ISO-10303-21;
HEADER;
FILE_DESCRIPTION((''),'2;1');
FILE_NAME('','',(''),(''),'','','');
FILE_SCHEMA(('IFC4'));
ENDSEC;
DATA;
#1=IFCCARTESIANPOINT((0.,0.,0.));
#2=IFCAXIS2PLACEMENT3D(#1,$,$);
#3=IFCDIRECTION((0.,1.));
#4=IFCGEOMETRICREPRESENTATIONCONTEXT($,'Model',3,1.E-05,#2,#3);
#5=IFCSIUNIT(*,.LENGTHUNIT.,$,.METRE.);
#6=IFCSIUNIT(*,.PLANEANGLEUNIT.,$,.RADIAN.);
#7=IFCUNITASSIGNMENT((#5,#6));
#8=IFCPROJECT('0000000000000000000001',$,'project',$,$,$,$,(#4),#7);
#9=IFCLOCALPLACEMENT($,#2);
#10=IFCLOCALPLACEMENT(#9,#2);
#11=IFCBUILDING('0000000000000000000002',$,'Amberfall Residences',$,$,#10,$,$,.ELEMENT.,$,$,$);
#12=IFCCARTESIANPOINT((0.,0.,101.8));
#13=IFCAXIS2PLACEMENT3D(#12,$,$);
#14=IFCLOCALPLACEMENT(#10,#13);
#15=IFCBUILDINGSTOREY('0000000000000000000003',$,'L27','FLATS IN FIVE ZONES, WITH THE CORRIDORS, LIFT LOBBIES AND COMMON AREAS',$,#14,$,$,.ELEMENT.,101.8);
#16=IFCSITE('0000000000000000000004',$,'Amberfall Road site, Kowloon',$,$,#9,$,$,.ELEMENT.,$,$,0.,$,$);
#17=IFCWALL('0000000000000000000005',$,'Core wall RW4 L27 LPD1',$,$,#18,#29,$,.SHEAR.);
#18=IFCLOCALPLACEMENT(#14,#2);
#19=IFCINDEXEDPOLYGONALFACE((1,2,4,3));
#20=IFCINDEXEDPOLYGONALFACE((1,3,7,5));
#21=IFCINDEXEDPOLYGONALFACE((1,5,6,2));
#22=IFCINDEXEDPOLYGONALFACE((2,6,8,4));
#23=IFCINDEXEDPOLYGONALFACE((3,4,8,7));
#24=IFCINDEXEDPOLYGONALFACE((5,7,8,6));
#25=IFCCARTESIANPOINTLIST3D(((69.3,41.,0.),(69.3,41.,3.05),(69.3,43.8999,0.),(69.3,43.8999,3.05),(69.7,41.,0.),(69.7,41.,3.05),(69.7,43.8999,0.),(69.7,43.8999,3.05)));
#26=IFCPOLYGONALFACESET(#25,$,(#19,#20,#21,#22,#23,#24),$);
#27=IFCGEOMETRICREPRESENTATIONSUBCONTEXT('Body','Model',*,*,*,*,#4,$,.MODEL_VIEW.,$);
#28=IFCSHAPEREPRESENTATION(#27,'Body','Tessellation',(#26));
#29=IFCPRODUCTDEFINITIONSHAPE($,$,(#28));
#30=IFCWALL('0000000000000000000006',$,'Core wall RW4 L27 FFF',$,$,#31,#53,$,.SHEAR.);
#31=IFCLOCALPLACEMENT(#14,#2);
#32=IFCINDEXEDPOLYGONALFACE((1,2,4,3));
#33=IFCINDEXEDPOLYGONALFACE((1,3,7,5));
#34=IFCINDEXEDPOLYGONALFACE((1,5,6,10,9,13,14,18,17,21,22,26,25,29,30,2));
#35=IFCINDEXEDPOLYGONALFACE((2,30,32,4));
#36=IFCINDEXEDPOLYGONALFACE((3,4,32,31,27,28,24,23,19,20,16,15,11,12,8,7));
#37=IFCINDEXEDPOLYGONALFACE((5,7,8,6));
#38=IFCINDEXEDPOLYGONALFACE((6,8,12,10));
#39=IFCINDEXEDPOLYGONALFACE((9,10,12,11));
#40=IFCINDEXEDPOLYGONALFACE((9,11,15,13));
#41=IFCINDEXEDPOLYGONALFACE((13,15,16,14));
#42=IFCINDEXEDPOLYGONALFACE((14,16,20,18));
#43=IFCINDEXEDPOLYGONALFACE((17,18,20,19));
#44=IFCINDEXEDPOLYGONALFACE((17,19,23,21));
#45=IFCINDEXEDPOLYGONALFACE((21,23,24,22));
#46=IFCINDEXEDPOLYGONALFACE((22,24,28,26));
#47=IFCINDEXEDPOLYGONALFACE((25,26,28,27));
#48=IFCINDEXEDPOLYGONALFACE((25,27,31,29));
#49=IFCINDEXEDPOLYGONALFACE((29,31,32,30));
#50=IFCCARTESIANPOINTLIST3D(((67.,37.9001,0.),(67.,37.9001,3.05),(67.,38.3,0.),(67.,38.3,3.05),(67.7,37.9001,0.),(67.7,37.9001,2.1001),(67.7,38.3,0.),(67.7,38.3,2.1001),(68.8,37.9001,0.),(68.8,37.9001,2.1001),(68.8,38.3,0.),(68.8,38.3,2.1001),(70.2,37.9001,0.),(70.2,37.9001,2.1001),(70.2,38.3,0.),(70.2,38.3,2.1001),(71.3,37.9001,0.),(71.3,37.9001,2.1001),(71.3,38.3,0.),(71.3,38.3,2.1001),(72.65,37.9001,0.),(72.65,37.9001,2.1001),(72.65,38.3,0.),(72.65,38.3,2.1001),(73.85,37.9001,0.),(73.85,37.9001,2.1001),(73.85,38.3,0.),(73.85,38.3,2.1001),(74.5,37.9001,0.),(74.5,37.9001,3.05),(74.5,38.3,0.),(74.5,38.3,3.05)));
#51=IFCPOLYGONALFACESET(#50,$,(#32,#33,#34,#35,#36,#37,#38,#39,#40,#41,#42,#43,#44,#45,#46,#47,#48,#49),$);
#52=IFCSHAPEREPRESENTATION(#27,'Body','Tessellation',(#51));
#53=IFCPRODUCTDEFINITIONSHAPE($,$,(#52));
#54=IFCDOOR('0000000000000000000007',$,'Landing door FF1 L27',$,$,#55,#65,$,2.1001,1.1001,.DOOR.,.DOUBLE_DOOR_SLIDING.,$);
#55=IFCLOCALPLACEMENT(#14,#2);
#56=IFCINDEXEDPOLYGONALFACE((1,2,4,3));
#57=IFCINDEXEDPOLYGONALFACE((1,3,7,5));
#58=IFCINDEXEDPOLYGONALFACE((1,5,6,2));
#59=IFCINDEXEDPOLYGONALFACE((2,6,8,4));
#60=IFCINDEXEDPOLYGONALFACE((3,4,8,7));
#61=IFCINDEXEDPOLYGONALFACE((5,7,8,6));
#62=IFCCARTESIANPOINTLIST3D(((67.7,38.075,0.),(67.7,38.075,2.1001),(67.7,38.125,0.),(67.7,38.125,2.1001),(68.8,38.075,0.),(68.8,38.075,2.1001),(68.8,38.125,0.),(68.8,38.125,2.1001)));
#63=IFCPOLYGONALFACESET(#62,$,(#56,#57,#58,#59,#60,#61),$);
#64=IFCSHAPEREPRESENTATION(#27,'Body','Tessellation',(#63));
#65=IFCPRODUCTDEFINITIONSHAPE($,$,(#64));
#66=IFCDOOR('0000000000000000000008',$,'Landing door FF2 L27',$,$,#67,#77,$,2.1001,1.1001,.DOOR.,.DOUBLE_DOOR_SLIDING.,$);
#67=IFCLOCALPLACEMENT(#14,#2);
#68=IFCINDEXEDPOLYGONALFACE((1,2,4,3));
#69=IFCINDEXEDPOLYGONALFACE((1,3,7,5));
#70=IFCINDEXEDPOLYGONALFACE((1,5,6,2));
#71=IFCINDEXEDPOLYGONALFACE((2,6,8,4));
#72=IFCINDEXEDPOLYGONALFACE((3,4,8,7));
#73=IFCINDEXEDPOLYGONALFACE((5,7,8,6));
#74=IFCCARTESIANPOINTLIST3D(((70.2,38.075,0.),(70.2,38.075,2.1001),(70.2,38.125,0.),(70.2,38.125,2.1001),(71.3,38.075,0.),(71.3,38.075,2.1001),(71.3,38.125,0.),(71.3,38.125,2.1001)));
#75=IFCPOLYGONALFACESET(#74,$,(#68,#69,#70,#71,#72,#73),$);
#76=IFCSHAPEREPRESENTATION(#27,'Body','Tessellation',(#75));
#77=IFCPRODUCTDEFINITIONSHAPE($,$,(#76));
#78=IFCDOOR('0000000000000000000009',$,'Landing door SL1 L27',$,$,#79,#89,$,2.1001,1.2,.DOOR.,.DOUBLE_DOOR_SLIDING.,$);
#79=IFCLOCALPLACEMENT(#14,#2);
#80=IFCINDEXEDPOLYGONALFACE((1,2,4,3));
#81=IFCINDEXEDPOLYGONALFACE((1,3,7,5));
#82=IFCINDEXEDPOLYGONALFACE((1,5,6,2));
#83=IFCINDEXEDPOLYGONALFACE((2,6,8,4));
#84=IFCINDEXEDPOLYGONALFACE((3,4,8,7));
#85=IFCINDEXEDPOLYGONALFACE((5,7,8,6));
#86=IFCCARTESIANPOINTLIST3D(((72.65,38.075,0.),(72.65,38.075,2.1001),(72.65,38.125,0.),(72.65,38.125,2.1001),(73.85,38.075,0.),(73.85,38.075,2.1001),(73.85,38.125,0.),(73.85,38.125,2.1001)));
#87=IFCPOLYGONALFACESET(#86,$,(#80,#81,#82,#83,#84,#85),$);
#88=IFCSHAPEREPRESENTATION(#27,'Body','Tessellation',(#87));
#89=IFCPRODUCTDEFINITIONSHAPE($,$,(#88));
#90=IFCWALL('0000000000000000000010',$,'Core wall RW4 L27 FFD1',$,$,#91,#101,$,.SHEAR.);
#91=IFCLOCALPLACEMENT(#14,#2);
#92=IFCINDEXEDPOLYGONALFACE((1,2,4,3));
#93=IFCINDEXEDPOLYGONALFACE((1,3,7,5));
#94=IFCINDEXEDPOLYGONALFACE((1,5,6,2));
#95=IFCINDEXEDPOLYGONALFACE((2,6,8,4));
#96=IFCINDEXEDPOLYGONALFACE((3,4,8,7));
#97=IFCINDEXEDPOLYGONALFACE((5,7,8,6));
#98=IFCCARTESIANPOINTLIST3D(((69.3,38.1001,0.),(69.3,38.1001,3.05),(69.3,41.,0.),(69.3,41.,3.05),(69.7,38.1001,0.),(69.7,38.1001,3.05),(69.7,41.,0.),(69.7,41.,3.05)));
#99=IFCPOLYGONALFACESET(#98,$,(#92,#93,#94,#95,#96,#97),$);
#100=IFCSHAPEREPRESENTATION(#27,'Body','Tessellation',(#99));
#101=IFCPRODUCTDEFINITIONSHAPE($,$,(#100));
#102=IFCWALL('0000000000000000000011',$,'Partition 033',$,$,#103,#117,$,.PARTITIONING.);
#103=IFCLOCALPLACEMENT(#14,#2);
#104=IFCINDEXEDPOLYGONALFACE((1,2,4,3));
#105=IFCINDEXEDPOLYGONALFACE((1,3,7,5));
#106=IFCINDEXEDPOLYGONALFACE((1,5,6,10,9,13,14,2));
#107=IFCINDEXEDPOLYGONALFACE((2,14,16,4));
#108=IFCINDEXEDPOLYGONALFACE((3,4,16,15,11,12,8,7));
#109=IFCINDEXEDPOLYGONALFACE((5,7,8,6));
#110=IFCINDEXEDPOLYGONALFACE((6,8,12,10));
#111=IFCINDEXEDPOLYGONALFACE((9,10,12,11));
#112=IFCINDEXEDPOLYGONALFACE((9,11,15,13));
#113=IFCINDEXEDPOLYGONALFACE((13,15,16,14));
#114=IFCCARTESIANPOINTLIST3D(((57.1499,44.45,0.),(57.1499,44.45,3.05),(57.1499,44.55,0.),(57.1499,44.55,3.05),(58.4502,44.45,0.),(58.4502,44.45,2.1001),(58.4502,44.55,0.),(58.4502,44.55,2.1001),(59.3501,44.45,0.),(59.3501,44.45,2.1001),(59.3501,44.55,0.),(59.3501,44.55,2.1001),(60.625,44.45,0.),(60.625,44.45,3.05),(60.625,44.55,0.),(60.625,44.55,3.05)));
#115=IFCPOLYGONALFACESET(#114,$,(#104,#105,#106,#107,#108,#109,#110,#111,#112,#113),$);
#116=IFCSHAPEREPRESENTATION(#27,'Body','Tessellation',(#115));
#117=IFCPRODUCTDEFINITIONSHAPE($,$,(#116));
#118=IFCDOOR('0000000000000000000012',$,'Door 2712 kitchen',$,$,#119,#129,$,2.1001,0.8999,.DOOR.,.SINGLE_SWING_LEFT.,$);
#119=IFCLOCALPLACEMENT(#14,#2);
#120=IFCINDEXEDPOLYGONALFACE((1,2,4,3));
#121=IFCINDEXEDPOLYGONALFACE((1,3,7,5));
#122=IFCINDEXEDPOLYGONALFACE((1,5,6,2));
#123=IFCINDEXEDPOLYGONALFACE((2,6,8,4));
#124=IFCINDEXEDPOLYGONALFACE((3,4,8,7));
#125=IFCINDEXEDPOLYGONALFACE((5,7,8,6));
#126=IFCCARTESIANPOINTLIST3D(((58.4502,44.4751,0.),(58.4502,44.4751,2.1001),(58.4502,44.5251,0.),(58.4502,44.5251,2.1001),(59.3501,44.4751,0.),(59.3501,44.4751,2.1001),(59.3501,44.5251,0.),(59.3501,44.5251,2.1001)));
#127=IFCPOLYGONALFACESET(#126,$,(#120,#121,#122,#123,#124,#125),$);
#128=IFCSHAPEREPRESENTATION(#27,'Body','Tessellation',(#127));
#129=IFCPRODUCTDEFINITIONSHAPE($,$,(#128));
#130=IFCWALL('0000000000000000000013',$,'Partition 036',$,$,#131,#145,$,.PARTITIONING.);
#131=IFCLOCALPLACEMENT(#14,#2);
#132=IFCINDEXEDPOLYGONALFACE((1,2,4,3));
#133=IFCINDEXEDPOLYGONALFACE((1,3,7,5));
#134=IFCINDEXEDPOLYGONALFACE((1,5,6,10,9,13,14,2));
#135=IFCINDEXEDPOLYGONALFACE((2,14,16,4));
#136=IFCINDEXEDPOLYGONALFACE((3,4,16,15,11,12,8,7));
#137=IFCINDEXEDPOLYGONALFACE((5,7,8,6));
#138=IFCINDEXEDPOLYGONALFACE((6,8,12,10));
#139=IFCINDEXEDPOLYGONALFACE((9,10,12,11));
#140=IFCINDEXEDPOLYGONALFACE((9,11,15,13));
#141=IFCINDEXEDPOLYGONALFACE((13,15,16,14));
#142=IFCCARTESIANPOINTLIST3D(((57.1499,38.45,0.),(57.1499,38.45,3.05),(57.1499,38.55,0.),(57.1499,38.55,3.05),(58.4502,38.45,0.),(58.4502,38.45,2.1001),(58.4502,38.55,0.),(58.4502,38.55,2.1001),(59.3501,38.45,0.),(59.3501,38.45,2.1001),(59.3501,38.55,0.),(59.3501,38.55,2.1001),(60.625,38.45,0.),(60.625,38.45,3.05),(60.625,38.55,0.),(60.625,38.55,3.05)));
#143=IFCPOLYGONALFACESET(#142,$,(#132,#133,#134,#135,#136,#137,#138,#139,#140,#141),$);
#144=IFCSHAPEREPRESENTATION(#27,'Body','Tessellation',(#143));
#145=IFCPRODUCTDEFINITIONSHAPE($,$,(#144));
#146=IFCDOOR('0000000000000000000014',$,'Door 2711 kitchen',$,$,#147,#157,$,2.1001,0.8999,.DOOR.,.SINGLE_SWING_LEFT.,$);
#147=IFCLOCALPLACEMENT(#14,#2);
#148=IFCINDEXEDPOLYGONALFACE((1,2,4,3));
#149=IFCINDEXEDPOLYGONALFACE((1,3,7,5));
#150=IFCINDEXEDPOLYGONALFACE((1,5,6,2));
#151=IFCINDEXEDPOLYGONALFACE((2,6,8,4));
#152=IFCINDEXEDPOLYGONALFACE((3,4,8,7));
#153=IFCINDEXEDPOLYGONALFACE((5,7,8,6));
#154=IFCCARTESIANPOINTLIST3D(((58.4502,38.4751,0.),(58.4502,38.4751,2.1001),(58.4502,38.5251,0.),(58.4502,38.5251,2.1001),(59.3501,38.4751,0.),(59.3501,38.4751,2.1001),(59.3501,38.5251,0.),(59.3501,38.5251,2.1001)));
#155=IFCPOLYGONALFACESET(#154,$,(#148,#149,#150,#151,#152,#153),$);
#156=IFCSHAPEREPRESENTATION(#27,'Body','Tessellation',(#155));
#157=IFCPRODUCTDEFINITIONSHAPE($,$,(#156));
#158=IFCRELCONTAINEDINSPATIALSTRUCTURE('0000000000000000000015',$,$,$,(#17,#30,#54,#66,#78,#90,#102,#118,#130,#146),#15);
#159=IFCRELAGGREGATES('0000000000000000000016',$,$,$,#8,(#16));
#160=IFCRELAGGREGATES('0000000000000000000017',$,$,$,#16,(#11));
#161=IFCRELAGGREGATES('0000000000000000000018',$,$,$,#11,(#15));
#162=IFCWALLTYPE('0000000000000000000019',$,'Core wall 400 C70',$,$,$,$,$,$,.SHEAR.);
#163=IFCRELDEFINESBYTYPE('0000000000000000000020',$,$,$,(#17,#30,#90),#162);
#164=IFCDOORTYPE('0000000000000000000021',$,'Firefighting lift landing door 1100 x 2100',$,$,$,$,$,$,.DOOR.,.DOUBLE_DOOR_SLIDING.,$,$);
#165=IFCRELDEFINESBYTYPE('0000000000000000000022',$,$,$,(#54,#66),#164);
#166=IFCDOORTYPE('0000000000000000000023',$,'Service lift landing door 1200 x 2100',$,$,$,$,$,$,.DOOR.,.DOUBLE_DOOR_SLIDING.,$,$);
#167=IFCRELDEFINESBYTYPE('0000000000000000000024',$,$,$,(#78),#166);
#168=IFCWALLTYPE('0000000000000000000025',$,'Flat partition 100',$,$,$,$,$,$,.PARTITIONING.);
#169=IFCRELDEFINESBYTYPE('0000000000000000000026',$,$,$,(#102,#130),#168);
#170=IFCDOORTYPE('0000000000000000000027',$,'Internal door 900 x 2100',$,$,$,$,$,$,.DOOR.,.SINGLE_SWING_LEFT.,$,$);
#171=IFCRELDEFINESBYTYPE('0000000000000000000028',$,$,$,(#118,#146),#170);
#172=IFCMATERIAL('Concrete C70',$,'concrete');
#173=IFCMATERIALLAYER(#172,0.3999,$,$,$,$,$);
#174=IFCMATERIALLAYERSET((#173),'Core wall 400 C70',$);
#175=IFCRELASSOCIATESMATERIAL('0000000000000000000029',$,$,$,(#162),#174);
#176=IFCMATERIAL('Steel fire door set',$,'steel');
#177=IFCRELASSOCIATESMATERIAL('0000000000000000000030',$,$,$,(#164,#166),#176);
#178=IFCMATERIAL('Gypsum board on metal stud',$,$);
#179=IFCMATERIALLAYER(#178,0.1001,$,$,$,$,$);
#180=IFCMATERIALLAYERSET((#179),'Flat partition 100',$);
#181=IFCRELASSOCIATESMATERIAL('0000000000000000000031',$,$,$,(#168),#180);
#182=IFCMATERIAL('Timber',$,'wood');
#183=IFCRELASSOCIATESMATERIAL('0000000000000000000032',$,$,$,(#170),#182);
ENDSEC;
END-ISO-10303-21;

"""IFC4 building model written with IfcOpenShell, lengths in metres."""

from ifc_helpers import new_model, si_unit, direction, frame, frame_2d, origin, place, context, subcontext, project, spatial, rectangle, extrude, material, layer, layer_set, type_object, element, fill, save


model = new_model("IFC4")

# Units and contexts
model_context = context("Model", 3, precision=1e-05, world=origin(), true_north=direction((0.0, 1.0)))
body_context = subcontext(model_context, "Body", "Model", "MODEL_VIEW")
ifc_project = project(units=[si_unit("LENGTHUNIT", "METRE"), si_unit("PLANEANGLEUNIT", "RADIAN")], contexts=[model_context])

# Site, building, storey
site_placement = place(None, origin())
site = spatial("IfcSite", under=ifc_project, at=site_placement, Name="Amberfall Road site, Kowloon", CompositionType="ELEMENT", RefElevation=0.0)
building_placement = place(site_placement, origin())
building = spatial("IfcBuilding", under=site, at=building_placement, Name="Amberfall Residences", CompositionType="ELEMENT")
storey_placement = place(building_placement, frame((0.0, 0.0, 101.8)))
storey = spatial("IfcBuildingStorey", under=building, at=storey_placement, Name="L27", Description="FLATS IN FIVE ZONES, WITH THE CORRIDORS, LIFT LOBBIES AND COMMON AREAS", CompositionType="ELEMENT", Elevation=101.8)

# Shared definitions
ifc_material_1 = material(Name="Concrete C70", Category="concrete")
ifc_layer_1 = layer(ifc_material_1, 0.3999)
ifc_layer_set_1 = layer_set([ifc_layer_1], Name="Core wall 400 C70")
wall_type_1 = type_object("IfcWallType", Name="Core wall 400 C70", PredefinedType="SHEAR", material=ifc_layer_set_1)

# Shared definitions
ifc_material_2 = material(Name="Steel fire door set", Category="steel")

# Wall
wall_1_placement = place(storey_placement, frame((69.5, 41.0, 0.0), z_axis=(0.0, 0.0, 1.0), x_axis=(0.0, 1.0, 0.0)))
element("IfcWall", 1, at=wall_1_placement, inside=storey, type_object=wall_type_1, Name="Core wall RW4 L27 LPD1", PredefinedType="SHEAR", context=body_context, shape_type="SweptSolid", body=[
    extrude(rectangle(XDim=2.8999, YDim=0.3999, at=frame_2d((1.45, 0.0))), origin(), (0.0, 0.0, 1.0), 3.05),
])

# Wall, openings, doors
wall_2_placement = place(storey_placement, frame((67.0, 38.1001, 0.0), z_axis=(0.0, 0.0, 1.0), x_axis=(1.0, 0.0, 0.0)))
wall_2 = element("IfcWall", 2, at=wall_2_placement, inside=storey, type_object=wall_type_1, Name="Core wall RW4 L27 FFF", PredefinedType="SHEAR", context=body_context, shape_type="SweptSolid", body=[
    extrude(rectangle(XDim=7.5, YDim=0.3999, at=frame_2d((3.75, 0.0))), origin(), (0.0, 0.0, 1.0), 3.05),
])
opening_1_placement = place(wall_2_placement, frame((0.7, 0.0, 0.0)))
opening_1 = element("IfcOpeningElement", 3, at=opening_1_placement, cuts=wall_2, PredefinedType="OPENING", context=body_context, shape_type="SweptSolid", body=[
    extrude(rectangle(XDim=1.1001, YDim=2.1001, at=frame_2d((0.55, 1.05))), frame((0.0, 0.21, 0.0), z_axis=(0.0, -1.0, 0.0), x_axis=(1.0, 0.0, 0.0)), (0.0, 0.0, 1.0), 0.4199),
])
opening_2_placement = place(wall_2_placement, frame((3.2, 0.0, 0.0)))
opening_2 = element("IfcOpeningElement", 4, at=opening_2_placement, cuts=wall_2, PredefinedType="OPENING", context=body_context, shape_type="SweptSolid", body=[
    extrude(rectangle(XDim=1.1001, YDim=2.1001, at=frame_2d((0.55, 1.05))), frame((0.0, 0.21, 0.0), z_axis=(0.0, -1.0, 0.0), x_axis=(1.0, 0.0, 0.0)), (0.0, 0.0, 1.0), 0.4199),
])
opening_3_placement = place(wall_2_placement, frame((5.6499, 0.0, 0.0)))
opening_3 = element("IfcOpeningElement", 5, at=opening_3_placement, cuts=wall_2, PredefinedType="OPENING", context=body_context, shape_type="SweptSolid", body=[
    extrude(rectangle(XDim=1.2, YDim=2.1001, at=frame_2d((0.6001, 1.05))), frame((0.0, 0.21, 0.0), z_axis=(0.0, -1.0, 0.0), x_axis=(1.0, 0.0, 0.0)), (0.0, 0.0, 1.0), 0.4199),
])
door_type_1 = type_object("IfcDoorType", Name="Firefighting lift landing door 1100 x 2100", OperationType="DOUBLE_DOOR_SLIDING", PredefinedType="DOOR", material=ifc_material_2)
door_1_placement = place(opening_1_placement, origin())
door_1 = element("IfcDoor", 6, at=door_1_placement, inside=storey, type_object=door_type_1, Name="Landing door FF1 L27", OperationType="DOUBLE_DOOR_SLIDING", OverallHeight=2.1001, OverallWidth=1.1001, PredefinedType="DOOR", context=body_context, shape_type="SweptSolid", body=[
    extrude(rectangle(XDim=1.1001, YDim=2.1001, at=frame_2d((0.55, 1.05))), frame((0.0, 0.0249, 0.0), z_axis=(0.0, -1.0, 0.0), x_axis=(1.0, 0.0, 0.0)), (0.0, 0.0, 1.0), 0.05),
])
fill(opening_1, door_1)
door_2_placement = place(opening_2_placement, origin())
door_2 = element("IfcDoor", 7, at=door_2_placement, inside=storey, type_object=door_type_1, Name="Landing door FF2 L27", OperationType="DOUBLE_DOOR_SLIDING", OverallHeight=2.1001, OverallWidth=1.1001, PredefinedType="DOOR", context=body_context, shape_type="SweptSolid", body=[
    extrude(rectangle(XDim=1.1001, YDim=2.1001, at=frame_2d((0.55, 1.05))), frame((0.0, 0.0249, 0.0), z_axis=(0.0, -1.0, 0.0), x_axis=(1.0, 0.0, 0.0)), (0.0, 0.0, 1.0), 0.05),
])
fill(opening_2, door_2)
door_type_2 = type_object("IfcDoorType", Name="Service lift landing door 1200 x 2100", OperationType="DOUBLE_DOOR_SLIDING", PredefinedType="DOOR", material=ifc_material_2)
door_3_placement = place(opening_3_placement, origin())
door_3 = element("IfcDoor", 8, at=door_3_placement, inside=storey, type_object=door_type_2, Name="Landing door SL1 L27", OperationType="DOUBLE_DOOR_SLIDING", OverallHeight=2.1001, OverallWidth=1.2, PredefinedType="DOOR", context=body_context, shape_type="SweptSolid", body=[
    extrude(rectangle(XDim=1.2, YDim=2.1001, at=frame_2d((0.6001, 1.05))), frame((0.0, 0.0249, 0.0), z_axis=(0.0, -1.0, 0.0), x_axis=(1.0, 0.0, 0.0)), (0.0, 0.0, 1.0), 0.05),
])
fill(opening_3, door_3)

# Wall
wall_3_placement = place(storey_placement, frame((69.5, 38.1001, 0.0), z_axis=(0.0, 0.0, 1.0), x_axis=(0.0, 1.0, 0.0)))
element("IfcWall", 9, at=wall_3_placement, inside=storey, type_object=wall_type_1, Name="Core wall RW4 L27 FFD1", PredefinedType="SHEAR", context=body_context, shape_type="SweptSolid", body=[
    extrude(rectangle(XDim=2.8999, YDim=0.3999, at=frame_2d((1.45, 0.0))), origin(), (0.0, 0.0, 1.0), 3.05),
])

# Walls, openings, doors
ifc_material_3 = material(Name="Gypsum board on metal stud")
ifc_layer_2 = layer(ifc_material_3, 0.1001)
ifc_layer_set_2 = layer_set([ifc_layer_2], Name="Flat partition 100")
wall_type_2 = type_object("IfcWallType", Name="Flat partition 100", PredefinedType="PARTITIONING", material=ifc_layer_set_2)
wall_4_placement = place(storey_placement, frame((60.625, 44.5, 0.0), z_axis=(0.0, 0.0, 1.0), x_axis=(-1.0, 0.0, 0.0)))
wall_4 = element("IfcWall", 10, at=wall_4_placement, inside=storey, type_object=wall_type_2, Name="Partition 033", PredefinedType="PARTITIONING", context=body_context, shape_type="SweptSolid", body=[
    extrude(rectangle(XDim=3.4751, YDim=0.1001, at=frame_2d((1.7375, 0.0))), origin(), (0.0, 0.0, 1.0), 3.05),
])
opening_4_placement = place(wall_4_placement, frame((1.2749, 0.0, 0.0)))
opening_4 = element("IfcOpeningElement", 11, at=opening_4_placement, cuts=wall_4, PredefinedType="OPENING", context=body_context, shape_type="SweptSolid", body=[
    extrude(rectangle(XDim=0.8999, YDim=2.1001, at=frame_2d((0.45, 1.05))), frame((0.0, 0.0601, 0.0), z_axis=(0.0, -1.0, 0.0), x_axis=(1.0, 0.0, 0.0)), (0.0, 0.0, 1.0), 0.1201),
])
ifc_material_4 = material(Name="Timber", Category="wood")
door_type_3 = type_object("IfcDoorType", Name="Internal door 900 x 2100", OperationType="SINGLE_SWING_LEFT", PredefinedType="DOOR", material=ifc_material_4)
door_4_placement = place(opening_4_placement, origin())
door_4 = element("IfcDoor", 12, at=door_4_placement, inside=storey, type_object=door_type_3, Name="Door 2712 kitchen", OperationType="SINGLE_SWING_LEFT", OverallHeight=2.1001, OverallWidth=0.8999, PredefinedType="DOOR", context=body_context, shape_type="SweptSolid", body=[
    extrude(rectangle(XDim=0.8999, YDim=2.1001, at=frame_2d((0.45, 1.05))), frame((0.0, 0.0249, 0.0), z_axis=(0.0, -1.0, 0.0), x_axis=(1.0, 0.0, 0.0)), (0.0, 0.0, 1.0), 0.05),
])
fill(opening_4, door_4)
wall_5_placement = place(storey_placement, frame((60.625, 38.5, 0.0), z_axis=(0.0, 0.0, 1.0), x_axis=(-1.0, 0.0, 0.0)))
wall_5 = element("IfcWall", 13, at=wall_5_placement, inside=storey, type_object=wall_type_2, Name="Partition 036", PredefinedType="PARTITIONING", context=body_context, shape_type="SweptSolid", body=[
    extrude(rectangle(XDim=3.4751, YDim=0.1001, at=frame_2d((1.7375, 0.0))), origin(), (0.0, 0.0, 1.0), 3.05),
])
opening_5_placement = place(wall_5_placement, frame((1.2749, 0.0, 0.0)))
opening_5 = element("IfcOpeningElement", 14, at=opening_5_placement, cuts=wall_5, PredefinedType="OPENING", context=body_context, shape_type="SweptSolid", body=[
    extrude(rectangle(XDim=0.8999, YDim=2.1001, at=frame_2d((0.45, 1.05))), frame((0.0, 0.0601, 0.0), z_axis=(0.0, -1.0, 0.0), x_axis=(1.0, 0.0, 0.0)), (0.0, 0.0, 1.0), 0.1201),
])
door_5_placement = place(opening_5_placement, origin())
door_5 = element("IfcDoor", 15, at=door_5_placement, inside=storey, type_object=door_type_3, Name="Door 2711 kitchen", OperationType="SINGLE_SWING_LEFT", OverallHeight=2.1001, OverallWidth=0.8999, PredefinedType="DOOR", context=body_context, shape_type="SweptSolid", body=[
    extrude(rectangle(XDim=0.8999, YDim=2.1001, at=frame_2d((0.45, 1.05))), frame((0.0, 0.0249, 0.0), z_axis=(0.0, -1.0, 0.0), x_axis=(1.0, 0.0, 0.0)), (0.0, 0.0, 1.0), 0.05),
])
fill(opening_5, door_5)

save(model, "model.ifc")
